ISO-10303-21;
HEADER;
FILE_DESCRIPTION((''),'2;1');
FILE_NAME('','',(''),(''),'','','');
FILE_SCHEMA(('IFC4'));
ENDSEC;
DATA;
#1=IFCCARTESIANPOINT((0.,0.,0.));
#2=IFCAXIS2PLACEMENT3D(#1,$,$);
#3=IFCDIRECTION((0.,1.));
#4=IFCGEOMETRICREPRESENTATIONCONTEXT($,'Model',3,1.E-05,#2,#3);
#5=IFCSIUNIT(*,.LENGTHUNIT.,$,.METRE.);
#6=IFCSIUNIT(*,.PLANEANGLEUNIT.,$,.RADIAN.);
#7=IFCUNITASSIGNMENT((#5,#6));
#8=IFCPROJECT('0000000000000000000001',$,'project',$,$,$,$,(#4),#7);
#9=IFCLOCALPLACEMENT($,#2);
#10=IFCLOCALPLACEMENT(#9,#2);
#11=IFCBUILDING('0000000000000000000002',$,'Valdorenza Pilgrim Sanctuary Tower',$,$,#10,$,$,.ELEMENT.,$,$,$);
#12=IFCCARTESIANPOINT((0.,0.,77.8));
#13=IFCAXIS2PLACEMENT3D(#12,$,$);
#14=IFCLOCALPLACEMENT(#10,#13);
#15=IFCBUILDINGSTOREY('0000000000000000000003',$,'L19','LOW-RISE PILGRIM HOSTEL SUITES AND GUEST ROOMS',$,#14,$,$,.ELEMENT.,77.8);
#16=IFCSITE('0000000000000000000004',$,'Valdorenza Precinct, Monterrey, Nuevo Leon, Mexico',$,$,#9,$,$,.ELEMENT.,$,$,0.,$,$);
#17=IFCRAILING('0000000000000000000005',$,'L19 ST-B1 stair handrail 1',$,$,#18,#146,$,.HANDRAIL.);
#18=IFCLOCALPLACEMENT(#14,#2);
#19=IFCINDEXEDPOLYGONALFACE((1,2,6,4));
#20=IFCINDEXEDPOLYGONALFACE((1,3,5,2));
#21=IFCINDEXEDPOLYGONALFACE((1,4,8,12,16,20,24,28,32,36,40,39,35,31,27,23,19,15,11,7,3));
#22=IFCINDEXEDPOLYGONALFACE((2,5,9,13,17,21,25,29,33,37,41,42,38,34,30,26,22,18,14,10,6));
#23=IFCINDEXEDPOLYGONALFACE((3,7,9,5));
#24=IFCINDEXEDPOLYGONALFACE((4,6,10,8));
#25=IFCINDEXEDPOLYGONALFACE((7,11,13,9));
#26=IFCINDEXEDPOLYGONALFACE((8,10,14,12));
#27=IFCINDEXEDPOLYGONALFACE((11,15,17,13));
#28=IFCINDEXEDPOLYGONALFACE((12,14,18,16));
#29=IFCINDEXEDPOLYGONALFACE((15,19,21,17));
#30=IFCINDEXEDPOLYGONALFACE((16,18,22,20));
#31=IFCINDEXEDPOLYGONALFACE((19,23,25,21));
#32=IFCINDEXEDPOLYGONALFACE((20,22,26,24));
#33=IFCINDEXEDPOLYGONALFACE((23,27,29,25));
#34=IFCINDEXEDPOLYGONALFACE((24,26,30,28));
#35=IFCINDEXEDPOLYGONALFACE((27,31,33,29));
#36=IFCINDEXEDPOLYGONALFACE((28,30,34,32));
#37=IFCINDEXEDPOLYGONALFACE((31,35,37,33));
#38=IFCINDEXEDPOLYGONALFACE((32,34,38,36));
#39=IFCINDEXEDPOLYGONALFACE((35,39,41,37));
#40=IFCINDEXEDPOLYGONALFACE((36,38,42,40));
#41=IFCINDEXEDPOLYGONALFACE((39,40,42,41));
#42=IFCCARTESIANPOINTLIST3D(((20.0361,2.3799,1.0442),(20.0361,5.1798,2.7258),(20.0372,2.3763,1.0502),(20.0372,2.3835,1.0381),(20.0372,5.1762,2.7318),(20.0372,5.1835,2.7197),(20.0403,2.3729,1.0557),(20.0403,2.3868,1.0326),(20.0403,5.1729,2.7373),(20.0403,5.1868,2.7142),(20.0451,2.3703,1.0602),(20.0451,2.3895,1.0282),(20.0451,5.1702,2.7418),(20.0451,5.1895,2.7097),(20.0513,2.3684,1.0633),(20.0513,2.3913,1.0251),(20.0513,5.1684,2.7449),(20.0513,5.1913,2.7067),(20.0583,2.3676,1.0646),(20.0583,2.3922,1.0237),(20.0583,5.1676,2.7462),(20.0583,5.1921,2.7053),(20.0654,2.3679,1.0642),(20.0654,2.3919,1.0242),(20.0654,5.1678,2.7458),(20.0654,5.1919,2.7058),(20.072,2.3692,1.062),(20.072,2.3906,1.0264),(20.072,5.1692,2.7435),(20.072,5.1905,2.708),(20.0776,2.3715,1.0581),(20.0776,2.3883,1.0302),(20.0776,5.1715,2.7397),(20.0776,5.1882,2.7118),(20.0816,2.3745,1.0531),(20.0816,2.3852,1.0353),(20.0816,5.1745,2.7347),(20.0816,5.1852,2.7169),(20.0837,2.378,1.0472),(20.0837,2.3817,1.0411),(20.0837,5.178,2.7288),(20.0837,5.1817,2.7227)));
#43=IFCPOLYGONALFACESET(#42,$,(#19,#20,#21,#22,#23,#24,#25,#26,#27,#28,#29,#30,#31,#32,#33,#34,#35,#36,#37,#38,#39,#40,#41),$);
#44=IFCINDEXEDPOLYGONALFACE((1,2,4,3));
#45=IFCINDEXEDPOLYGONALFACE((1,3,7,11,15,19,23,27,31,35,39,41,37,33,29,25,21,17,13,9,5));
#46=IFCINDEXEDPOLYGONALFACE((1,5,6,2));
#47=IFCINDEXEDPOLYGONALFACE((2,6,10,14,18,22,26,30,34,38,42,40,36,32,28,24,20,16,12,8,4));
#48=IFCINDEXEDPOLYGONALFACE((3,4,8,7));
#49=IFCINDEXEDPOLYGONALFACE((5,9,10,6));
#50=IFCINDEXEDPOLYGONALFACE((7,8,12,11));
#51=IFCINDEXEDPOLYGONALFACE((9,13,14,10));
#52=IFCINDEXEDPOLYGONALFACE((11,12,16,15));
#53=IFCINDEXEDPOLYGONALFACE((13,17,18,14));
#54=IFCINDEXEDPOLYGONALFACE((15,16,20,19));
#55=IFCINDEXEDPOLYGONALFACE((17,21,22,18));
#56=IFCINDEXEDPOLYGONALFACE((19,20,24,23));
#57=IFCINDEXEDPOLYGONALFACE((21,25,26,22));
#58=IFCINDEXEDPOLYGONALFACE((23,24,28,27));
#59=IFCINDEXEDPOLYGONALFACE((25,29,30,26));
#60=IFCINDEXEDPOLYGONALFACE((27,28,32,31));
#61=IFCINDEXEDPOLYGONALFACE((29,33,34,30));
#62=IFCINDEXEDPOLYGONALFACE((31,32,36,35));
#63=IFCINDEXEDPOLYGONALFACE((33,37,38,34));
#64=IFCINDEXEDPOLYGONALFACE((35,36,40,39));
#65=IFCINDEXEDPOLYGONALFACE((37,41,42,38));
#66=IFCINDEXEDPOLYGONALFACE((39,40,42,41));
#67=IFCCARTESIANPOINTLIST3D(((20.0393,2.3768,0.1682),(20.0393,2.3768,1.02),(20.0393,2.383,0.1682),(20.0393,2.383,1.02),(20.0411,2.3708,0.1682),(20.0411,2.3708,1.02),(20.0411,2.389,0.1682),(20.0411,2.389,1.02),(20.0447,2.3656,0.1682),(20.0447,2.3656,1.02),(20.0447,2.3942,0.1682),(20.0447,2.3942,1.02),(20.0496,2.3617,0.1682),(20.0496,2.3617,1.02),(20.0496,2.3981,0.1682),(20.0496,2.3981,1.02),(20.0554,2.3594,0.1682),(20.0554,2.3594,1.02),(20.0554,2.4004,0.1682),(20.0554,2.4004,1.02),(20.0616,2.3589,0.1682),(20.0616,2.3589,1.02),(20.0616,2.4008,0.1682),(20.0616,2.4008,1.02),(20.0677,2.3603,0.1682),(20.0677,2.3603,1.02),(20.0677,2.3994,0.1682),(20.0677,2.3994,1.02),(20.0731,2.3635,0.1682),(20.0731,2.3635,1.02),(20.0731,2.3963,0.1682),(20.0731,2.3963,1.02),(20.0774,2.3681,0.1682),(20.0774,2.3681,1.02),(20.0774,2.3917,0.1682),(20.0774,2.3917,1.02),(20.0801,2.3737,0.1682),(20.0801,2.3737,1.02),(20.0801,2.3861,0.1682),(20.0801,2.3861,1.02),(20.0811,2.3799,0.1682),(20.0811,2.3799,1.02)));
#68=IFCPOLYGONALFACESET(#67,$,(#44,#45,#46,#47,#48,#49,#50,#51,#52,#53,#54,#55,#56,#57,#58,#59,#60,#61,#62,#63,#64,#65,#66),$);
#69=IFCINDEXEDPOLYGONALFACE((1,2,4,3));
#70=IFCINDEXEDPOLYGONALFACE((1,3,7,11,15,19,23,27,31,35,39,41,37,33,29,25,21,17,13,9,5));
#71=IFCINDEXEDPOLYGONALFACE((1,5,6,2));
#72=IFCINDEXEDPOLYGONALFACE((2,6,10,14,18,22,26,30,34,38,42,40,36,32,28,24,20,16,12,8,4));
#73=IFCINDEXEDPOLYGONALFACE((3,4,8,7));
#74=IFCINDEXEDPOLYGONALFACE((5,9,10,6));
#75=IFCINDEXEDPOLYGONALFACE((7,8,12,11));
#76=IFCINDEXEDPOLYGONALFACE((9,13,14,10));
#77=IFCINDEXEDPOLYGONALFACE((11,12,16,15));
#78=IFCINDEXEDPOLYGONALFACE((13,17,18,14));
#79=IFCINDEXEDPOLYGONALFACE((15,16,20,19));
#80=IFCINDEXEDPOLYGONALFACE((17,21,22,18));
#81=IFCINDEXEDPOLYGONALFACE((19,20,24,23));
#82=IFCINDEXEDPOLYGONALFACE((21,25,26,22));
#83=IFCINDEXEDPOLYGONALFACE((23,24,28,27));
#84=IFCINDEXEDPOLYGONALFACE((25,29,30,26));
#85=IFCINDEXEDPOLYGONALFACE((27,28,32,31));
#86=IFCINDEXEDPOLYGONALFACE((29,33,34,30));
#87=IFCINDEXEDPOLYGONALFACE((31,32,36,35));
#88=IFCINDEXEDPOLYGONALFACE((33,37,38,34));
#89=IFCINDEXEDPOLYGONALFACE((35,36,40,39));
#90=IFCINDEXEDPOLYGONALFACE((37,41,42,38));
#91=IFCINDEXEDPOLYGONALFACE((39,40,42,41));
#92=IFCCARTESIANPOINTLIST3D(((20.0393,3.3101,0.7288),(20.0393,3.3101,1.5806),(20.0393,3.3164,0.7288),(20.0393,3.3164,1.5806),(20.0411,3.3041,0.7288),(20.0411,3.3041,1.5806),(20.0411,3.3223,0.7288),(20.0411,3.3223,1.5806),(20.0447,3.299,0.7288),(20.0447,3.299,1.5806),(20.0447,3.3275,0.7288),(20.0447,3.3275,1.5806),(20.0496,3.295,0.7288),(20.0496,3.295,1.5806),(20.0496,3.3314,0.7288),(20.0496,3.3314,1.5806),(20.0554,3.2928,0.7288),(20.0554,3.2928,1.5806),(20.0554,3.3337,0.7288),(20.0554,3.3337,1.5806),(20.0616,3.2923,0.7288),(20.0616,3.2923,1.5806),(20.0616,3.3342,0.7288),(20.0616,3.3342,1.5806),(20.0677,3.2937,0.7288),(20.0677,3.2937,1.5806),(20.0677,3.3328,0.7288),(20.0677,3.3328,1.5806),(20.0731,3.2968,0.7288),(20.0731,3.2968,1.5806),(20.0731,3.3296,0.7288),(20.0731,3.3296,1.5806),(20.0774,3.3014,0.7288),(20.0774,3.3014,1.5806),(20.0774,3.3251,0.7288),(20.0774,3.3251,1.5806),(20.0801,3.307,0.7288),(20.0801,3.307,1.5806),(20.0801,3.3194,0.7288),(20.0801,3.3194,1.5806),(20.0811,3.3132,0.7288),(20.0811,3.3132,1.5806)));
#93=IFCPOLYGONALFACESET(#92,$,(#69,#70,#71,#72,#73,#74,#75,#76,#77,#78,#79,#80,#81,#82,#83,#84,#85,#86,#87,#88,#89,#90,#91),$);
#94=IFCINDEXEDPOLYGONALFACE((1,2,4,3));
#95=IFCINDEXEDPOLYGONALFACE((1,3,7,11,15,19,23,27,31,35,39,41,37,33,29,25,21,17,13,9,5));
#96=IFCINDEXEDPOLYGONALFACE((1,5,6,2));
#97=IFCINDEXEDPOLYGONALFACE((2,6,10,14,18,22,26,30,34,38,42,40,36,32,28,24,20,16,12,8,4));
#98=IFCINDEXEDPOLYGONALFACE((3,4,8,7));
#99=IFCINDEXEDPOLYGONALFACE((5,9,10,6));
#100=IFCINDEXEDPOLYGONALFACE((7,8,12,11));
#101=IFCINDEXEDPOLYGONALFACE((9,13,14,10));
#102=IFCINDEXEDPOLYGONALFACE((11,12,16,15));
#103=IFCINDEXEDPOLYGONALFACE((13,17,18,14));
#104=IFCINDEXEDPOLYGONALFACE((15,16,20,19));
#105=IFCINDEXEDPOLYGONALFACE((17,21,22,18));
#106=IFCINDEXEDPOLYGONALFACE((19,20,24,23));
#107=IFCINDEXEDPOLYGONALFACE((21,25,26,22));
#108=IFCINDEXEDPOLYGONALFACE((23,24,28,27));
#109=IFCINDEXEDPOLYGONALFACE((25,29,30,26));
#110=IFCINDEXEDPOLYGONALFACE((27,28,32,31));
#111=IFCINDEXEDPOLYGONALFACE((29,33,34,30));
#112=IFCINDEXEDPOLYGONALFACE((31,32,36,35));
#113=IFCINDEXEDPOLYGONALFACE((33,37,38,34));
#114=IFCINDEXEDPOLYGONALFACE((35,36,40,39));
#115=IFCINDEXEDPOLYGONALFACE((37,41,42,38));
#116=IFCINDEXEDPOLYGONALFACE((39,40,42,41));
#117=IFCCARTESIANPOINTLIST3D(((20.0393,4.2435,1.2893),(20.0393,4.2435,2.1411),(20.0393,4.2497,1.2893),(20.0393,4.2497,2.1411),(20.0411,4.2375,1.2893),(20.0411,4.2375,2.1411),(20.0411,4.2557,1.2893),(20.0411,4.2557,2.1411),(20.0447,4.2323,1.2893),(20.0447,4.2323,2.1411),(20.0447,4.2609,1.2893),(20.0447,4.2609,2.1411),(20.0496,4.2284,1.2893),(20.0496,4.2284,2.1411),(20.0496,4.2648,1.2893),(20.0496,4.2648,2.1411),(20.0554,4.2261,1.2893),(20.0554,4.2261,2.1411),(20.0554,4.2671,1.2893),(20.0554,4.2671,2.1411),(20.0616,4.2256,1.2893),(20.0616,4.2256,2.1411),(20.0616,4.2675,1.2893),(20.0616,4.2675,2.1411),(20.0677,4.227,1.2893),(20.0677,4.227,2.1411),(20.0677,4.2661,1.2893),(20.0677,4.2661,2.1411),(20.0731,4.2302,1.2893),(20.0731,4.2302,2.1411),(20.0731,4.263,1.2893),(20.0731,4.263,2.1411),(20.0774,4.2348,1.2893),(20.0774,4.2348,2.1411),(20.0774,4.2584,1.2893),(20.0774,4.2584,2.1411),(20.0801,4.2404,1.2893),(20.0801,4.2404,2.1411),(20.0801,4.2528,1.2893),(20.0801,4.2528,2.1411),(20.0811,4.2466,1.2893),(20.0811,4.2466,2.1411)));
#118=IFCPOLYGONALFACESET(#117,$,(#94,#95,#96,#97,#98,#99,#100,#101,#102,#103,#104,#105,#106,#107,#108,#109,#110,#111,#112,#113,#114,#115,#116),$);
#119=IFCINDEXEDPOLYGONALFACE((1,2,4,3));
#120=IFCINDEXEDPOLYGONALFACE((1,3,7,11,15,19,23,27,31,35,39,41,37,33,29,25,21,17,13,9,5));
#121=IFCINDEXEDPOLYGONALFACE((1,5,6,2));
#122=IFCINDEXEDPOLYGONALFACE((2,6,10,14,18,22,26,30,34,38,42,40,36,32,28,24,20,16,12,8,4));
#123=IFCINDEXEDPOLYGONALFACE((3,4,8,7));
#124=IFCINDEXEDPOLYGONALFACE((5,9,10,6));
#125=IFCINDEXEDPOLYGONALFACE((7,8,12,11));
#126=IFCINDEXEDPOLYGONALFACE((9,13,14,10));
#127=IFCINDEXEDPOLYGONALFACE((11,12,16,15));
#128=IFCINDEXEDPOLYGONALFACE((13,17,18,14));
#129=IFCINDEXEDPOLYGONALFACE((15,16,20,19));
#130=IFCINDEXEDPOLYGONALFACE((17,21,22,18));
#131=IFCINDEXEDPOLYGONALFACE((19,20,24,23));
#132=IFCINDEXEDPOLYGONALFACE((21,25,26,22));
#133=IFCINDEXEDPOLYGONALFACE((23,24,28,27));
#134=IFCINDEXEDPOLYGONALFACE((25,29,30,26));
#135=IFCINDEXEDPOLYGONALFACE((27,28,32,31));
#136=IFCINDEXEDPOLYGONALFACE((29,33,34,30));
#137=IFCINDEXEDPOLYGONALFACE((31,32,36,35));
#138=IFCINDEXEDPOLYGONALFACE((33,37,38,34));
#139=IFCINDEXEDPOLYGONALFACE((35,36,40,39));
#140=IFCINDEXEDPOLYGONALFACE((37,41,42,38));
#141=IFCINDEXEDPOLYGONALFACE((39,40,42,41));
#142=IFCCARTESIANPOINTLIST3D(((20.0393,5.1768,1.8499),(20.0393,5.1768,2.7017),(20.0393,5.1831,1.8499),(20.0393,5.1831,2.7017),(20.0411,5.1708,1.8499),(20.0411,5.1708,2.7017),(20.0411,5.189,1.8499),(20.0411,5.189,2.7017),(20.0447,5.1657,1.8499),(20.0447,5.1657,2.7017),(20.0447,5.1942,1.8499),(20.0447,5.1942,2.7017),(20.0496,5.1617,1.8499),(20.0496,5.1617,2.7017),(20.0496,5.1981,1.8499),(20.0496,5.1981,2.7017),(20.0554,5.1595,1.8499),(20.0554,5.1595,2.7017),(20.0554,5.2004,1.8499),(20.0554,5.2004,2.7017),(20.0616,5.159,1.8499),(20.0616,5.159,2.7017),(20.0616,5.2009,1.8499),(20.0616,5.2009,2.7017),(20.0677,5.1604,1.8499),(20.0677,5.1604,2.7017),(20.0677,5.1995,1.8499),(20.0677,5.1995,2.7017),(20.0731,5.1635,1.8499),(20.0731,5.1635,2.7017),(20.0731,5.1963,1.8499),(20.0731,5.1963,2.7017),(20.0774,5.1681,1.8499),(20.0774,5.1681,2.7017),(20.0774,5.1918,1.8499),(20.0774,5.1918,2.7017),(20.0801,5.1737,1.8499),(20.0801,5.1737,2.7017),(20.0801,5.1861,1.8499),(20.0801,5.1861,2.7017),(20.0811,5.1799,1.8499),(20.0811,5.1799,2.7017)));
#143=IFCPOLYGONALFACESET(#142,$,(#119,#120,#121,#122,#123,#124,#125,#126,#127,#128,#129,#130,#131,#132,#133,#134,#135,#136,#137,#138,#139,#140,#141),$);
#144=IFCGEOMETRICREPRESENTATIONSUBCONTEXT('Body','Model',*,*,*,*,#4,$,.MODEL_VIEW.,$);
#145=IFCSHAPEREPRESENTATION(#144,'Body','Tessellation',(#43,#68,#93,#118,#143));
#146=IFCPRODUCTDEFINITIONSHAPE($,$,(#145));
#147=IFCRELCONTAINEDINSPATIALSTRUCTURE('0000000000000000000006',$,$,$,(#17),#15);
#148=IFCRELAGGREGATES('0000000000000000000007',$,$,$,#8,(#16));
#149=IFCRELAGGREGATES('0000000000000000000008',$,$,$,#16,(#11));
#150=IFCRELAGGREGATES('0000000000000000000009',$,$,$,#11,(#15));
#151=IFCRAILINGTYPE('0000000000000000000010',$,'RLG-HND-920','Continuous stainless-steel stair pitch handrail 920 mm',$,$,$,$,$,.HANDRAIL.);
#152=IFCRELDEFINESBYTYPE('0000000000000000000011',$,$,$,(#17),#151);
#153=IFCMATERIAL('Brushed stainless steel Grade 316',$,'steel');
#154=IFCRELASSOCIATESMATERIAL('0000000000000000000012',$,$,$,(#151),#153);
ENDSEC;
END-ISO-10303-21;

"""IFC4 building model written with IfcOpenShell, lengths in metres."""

from ifc_helpers import new_model, si_unit, direction, frame, origin, origin_2d, place, context, subcontext, project, spatial, circle, extrude, material, type_object, element, save


model = new_model("IFC4")

# Units and contexts
model_context = context("Model", 3, precision=1e-05, world=origin(), true_north=direction((0.0, 1.0)))
body_context = subcontext(model_context, "Body", "Model", "MODEL_VIEW")
ifc_project = project(units=[si_unit("LENGTHUNIT", "METRE"), si_unit("PLANEANGLEUNIT", "RADIAN")], contexts=[model_context])

# Site, building, storey
site_placement = place(None, origin())
site = spatial("IfcSite", under=ifc_project, at=site_placement, Name="Valdorenza Precinct, Monterrey, Nuevo Leon, Mexico", CompositionType="ELEMENT", RefElevation=0.0)
building_placement = place(site_placement, origin())
building = spatial("IfcBuilding", under=site, at=building_placement, Name="Valdorenza Pilgrim Sanctuary Tower", CompositionType="ELEMENT")
storey_placement = place(building_placement, frame((0.0, 0.0, 77.8)))
storey = spatial("IfcBuildingStorey", under=building, at=storey_placement, Name="L19", Description="LOW-RISE PILGRIM HOSTEL SUITES AND GUEST ROOMS", CompositionType="ELEMENT", Elevation=77.8)

# Railing
ifc_material_1 = material(Name="Brushed stainless steel Grade 316", Category="steel")
railing_type_1 = type_object("IfcRailingType", Name="RLG-HND-920", Description="Continuous stainless-steel stair pitch handrail 920 mm", PredefinedType="HANDRAIL", material=ifc_material_1)
railing_1_placement = place(storey_placement, frame((20.0601, 2.3799, 0.1682)))
element("IfcRailing", 1, at=railing_1_placement, inside=storey, type_object=railing_type_1, Name="L19 ST-B1 stair handrail 1", PredefinedType="HANDRAIL", context=body_context, shape_type="SweptSolid", body=[
    extrude(circle(Radius=0.0239, at=origin_2d()), frame((0.0, 0.0, 0.876), z_axis=(0.0, 0.857275, 0.514858), x_axis=(-1.0, 0.0, 0.0)), (0.0, 0.0, 1.0), 3.2661),
    extrude(circle(Radius=0.021, at=origin_2d()), origin(), (0.0, 0.0, 1.0), 0.8518),
    extrude(circle(Radius=0.021, at=origin_2d()), frame((0.0, 0.9333, 0.5605)), (0.0, 0.0, 1.0), 0.8518),
    extrude(circle(Radius=0.021, at=origin_2d()), frame((0.0, 1.8667, 1.1211)), (0.0, 0.0, 1.0), 0.8518),
    extrude(circle(Radius=0.021, at=origin_2d()), frame((0.0, 2.8, 1.6816)), (0.0, 0.0, 1.0), 0.8518),
])

save(model, "model.ifc")
